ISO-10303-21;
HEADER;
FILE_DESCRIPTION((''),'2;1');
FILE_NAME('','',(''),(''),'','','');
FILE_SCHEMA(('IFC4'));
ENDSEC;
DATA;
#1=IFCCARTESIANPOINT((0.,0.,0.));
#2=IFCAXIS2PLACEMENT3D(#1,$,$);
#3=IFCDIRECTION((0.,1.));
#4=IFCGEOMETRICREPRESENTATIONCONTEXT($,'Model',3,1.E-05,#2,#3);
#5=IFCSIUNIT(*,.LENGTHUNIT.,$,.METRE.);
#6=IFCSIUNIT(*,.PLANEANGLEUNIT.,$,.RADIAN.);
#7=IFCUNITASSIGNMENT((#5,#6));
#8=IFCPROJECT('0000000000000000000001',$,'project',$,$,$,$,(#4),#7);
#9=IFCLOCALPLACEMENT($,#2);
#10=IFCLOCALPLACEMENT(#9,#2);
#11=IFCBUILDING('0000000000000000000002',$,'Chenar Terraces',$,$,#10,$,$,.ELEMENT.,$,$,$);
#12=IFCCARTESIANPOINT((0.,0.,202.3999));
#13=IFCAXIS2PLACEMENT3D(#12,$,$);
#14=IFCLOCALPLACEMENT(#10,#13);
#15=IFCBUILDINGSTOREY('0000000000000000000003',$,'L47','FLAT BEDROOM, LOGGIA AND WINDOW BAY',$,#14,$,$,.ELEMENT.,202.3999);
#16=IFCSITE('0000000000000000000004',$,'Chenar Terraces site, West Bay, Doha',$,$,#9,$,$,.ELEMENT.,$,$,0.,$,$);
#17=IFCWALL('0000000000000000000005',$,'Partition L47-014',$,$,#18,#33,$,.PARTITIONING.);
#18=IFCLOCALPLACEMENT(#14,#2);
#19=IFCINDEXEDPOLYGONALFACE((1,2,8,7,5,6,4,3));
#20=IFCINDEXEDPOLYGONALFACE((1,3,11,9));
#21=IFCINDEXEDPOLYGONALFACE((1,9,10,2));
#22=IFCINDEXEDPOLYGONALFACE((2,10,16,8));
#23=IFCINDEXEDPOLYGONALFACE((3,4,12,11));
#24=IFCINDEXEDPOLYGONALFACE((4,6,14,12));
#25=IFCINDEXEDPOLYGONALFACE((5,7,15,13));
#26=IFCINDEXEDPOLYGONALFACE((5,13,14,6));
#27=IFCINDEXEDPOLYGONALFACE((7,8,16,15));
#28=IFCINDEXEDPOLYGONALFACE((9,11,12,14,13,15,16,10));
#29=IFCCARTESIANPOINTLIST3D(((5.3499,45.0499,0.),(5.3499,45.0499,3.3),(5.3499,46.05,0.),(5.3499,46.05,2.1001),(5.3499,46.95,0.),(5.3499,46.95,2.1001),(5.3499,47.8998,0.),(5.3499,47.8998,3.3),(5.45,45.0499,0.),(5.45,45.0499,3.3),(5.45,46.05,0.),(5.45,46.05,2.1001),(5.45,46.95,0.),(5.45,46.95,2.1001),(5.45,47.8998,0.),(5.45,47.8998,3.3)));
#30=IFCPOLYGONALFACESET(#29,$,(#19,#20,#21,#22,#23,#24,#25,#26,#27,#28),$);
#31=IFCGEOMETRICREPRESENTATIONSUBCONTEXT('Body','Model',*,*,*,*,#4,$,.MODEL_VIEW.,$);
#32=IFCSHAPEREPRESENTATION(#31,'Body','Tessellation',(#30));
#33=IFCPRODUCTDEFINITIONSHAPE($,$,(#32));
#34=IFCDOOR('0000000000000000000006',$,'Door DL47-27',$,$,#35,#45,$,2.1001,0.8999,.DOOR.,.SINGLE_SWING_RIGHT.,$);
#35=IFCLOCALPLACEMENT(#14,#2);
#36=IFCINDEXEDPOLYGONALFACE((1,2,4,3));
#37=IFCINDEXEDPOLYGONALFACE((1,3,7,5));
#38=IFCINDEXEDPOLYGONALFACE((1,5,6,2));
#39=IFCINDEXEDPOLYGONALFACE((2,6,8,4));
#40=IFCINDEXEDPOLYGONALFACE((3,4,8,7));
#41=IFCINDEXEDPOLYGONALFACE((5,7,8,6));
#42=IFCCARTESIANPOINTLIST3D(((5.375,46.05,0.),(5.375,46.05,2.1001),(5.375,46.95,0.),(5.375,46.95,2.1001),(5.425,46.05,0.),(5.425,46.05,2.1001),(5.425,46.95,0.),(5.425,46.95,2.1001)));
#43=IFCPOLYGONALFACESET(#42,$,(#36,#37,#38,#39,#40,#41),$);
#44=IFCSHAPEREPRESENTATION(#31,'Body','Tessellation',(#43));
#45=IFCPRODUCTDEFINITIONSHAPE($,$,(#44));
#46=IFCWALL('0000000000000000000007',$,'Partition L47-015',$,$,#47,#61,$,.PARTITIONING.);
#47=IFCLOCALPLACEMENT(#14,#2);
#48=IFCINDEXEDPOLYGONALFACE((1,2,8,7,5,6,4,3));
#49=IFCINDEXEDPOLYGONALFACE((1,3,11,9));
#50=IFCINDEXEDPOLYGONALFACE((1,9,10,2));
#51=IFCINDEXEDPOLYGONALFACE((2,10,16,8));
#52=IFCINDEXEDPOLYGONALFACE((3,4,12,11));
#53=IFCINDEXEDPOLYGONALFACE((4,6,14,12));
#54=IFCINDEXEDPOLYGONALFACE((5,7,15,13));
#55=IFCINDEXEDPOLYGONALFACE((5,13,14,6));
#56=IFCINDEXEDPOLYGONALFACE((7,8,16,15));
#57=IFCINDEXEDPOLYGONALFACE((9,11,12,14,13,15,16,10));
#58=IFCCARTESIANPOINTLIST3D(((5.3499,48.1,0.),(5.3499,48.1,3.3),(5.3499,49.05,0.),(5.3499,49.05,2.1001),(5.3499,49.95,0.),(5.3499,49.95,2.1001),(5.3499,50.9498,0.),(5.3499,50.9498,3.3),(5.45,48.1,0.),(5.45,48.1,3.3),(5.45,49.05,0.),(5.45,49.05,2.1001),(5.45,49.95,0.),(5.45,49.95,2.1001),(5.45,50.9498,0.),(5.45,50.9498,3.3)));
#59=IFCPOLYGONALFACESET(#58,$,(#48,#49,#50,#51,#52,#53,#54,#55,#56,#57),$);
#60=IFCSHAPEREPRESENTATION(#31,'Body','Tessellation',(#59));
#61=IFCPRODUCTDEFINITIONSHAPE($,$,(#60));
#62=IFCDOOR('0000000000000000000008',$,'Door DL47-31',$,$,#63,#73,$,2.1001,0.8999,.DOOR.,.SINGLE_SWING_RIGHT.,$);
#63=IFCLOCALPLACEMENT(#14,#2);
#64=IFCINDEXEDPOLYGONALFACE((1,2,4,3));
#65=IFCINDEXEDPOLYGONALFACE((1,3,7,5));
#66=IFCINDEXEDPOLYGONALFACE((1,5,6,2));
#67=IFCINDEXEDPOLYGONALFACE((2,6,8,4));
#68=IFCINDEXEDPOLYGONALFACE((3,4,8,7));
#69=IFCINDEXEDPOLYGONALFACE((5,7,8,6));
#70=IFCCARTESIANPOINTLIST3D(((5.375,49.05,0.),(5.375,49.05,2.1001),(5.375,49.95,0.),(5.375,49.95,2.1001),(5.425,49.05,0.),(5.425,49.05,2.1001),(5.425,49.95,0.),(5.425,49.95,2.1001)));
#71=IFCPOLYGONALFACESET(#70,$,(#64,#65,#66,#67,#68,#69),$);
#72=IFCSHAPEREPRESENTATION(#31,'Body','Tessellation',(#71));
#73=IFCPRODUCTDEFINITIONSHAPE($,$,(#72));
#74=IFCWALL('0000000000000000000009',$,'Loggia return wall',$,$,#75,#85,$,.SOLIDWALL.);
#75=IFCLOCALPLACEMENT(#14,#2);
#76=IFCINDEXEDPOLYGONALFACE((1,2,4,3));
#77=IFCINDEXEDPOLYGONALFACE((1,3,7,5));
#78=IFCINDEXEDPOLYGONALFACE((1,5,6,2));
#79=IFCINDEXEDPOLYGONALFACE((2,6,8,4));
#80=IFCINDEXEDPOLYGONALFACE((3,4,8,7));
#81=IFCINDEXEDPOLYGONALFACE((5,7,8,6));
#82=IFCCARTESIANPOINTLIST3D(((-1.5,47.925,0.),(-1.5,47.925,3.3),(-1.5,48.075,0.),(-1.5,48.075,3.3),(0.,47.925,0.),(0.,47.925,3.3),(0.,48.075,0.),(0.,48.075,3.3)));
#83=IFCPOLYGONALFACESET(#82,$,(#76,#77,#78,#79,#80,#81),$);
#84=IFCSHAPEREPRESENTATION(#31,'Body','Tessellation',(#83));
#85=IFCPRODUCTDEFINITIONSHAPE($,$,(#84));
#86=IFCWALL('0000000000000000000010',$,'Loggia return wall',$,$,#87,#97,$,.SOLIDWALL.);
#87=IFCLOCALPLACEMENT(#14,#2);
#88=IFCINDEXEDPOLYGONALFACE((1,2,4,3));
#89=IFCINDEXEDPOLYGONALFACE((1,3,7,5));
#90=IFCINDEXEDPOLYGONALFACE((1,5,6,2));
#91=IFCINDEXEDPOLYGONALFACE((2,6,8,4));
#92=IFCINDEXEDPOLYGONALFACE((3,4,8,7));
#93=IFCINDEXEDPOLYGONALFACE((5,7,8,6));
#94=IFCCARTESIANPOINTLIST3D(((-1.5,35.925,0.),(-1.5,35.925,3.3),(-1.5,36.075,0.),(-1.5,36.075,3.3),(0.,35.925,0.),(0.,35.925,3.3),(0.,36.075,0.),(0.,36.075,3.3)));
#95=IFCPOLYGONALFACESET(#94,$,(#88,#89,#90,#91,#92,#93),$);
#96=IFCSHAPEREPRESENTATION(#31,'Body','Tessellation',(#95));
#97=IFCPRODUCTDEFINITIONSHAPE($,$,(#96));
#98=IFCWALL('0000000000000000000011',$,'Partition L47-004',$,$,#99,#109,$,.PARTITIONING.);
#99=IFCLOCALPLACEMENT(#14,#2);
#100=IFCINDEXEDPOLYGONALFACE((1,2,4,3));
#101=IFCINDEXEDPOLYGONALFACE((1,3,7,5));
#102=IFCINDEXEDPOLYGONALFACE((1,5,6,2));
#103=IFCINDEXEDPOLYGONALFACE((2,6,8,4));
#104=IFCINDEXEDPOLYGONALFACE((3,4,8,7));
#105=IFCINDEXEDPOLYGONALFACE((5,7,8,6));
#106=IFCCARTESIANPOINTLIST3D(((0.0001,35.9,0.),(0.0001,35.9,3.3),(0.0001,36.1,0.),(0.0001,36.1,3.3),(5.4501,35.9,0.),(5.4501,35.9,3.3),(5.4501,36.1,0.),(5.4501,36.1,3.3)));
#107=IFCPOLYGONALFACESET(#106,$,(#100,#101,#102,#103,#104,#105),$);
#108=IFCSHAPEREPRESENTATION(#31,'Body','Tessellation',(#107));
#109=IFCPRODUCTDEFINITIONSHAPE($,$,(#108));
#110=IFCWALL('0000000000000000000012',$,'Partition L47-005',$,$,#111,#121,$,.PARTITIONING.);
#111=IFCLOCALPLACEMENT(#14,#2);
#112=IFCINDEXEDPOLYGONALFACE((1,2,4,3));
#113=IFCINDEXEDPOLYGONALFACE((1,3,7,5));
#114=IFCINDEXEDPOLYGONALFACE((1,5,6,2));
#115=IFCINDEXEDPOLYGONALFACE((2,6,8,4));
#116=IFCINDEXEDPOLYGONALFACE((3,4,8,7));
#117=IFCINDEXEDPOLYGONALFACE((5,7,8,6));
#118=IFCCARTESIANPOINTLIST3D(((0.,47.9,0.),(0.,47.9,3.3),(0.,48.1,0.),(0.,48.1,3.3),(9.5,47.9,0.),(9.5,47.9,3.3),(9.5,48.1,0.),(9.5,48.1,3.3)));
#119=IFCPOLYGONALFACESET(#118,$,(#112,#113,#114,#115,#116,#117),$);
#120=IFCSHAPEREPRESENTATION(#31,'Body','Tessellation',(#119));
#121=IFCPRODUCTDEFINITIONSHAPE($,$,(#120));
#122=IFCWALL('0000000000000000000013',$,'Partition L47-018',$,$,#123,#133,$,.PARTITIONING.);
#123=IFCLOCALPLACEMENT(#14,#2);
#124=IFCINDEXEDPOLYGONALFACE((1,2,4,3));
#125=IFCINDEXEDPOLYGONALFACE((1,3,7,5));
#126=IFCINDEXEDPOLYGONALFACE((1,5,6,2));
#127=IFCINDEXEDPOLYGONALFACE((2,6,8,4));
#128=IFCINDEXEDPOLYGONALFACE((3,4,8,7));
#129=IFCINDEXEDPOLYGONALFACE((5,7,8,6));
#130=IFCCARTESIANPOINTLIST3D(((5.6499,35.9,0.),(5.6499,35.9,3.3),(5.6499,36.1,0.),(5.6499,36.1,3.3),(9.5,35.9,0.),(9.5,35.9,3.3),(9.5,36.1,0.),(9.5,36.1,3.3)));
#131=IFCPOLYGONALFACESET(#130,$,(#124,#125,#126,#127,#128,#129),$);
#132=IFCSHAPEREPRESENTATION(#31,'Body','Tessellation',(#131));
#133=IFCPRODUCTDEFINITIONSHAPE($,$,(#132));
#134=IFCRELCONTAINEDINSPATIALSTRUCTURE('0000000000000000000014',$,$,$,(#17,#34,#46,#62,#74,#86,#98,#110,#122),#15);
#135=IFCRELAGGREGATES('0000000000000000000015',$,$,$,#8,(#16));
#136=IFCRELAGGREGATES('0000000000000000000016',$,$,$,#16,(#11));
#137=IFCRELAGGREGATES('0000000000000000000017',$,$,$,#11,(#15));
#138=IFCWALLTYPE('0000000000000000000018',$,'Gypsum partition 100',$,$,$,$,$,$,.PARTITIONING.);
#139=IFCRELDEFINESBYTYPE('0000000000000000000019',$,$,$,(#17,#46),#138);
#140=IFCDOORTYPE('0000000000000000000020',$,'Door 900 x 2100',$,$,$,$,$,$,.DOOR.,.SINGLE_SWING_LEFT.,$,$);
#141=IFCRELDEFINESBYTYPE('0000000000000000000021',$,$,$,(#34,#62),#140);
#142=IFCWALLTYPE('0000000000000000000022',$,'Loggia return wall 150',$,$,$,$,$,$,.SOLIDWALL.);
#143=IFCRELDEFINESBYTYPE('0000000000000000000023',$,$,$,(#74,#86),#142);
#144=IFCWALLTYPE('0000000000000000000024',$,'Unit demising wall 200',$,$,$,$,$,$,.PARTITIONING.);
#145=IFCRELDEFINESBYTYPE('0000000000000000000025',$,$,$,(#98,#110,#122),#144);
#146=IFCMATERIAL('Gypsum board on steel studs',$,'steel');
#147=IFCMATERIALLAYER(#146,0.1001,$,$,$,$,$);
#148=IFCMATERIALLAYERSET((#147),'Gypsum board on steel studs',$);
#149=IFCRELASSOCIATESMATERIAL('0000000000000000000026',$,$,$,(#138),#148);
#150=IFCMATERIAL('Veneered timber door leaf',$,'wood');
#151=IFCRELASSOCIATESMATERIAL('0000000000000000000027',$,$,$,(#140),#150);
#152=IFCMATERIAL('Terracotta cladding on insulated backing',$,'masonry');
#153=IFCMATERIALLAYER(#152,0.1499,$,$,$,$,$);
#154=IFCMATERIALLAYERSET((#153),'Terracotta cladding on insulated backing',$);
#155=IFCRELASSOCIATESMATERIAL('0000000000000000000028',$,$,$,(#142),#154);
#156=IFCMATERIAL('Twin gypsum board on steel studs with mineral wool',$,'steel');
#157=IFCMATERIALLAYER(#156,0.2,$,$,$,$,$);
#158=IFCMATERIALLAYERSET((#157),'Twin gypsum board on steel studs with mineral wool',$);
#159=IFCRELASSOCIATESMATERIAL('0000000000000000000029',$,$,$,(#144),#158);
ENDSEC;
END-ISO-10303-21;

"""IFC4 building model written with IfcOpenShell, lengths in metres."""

from ifc_helpers import new_model, si_unit, direction, frame, frame_2d, origin, place, context, subcontext, project, spatial, rectangle, extrude, material, layer, layer_set, type_object, element, fill, save


model = new_model("IFC4")

# Units and contexts
model_context = context("Model", 3, precision=1e-05, world=origin(), true_north=direction((0.0, 1.0)))
body_context = subcontext(model_context, "Body", "Model", "MODEL_VIEW")
ifc_project = project(units=[si_unit("LENGTHUNIT", "METRE"), si_unit("PLANEANGLEUNIT", "RADIAN")], contexts=[model_context])

# Site, building, storey
site_placement = place(None, origin())
site = spatial("IfcSite", under=ifc_project, at=site_placement, Name="Chenar Terraces site, West Bay, Doha", CompositionType="ELEMENT", RefElevation=0.0)
building_placement = place(site_placement, origin())
building = spatial("IfcBuilding", under=site, at=building_placement, Name="Chenar Terraces", CompositionType="ELEMENT")
storey_placement = place(building_placement, frame((0.0, 0.0, 202.3999)))
storey = spatial("IfcBuildingStorey", under=building, at=storey_placement, Name="L47", Description="FLAT BEDROOM, LOGGIA AND WINDOW BAY", CompositionType="ELEMENT", Elevation=202.3999)

# Shared definitions
placement = place(storey_placement, frame((0.0, 36.0, 0.0), z_axis=(0.0, 0.0, 1.0), x_axis=(1.0, 0.0, 0.0)))

# Shared definitions
ifc_material_1 = material(Name="Gypsum board on steel studs", Category="steel")
ifc_layer_1 = layer(ifc_material_1, 0.1001)
ifc_layer_set_1 = layer_set([ifc_layer_1], Name="Gypsum board on steel studs")
wall_type_1 = type_object("IfcWallType", Name="Gypsum partition 100", PredefinedType="PARTITIONING", material=ifc_layer_set_1)

# Walls, openings, doors
ifc_material_2 = material(Name="Veneered timber door leaf", Category="wood")
door_type_1 = type_object("IfcDoorType", Name="Door 900 x 2100", OperationType="SINGLE_SWING_LEFT", PredefinedType="DOOR", material=ifc_material_2)
wall_1_placement = place(storey_placement, frame((5.3999, 45.05, 0.0), z_axis=(0.0, 0.0, 1.0), x_axis=(0.0, 1.0, 0.0)))
wall_1 = element("IfcWall", 1, at=wall_1_placement, inside=storey, type_object=wall_type_1, Name="Partition L47-014", PredefinedType="PARTITIONING", context=body_context, shape_type="SweptSolid", body=[
    extrude(rectangle(XDim=2.8499, YDim=0.1001, at=frame_2d((1.4248, 0.0))), origin(), (0.0, 0.0, 1.0), 3.3),
])
opening_1_placement = place(wall_1_placement, frame((1.0, 0.0, 0.0)))
opening_1 = element("IfcOpeningElement", 2, at=opening_1_placement, cuts=wall_1, PredefinedType="OPENING", context=body_context, shape_type="SweptSolid", body=[
    extrude(rectangle(XDim=0.8999, YDim=2.1001, at=frame_2d((0.45, 1.05))), frame((0.0, 0.0601, 0.0), z_axis=(0.0, -1.0, 0.0), x_axis=(1.0, 0.0, 0.0)), (0.0, 0.0, 1.0), 0.1201),
])
door_1_placement = place(opening_1_placement, origin())
door_1 = element("IfcDoor", 3, at=door_1_placement, inside=storey, type_object=door_type_1, Name="Door DL47-27", OperationType="SINGLE_SWING_RIGHT", OverallHeight=2.1001, OverallWidth=0.8999, PredefinedType="DOOR", context=body_context, shape_type="SweptSolid", body=[
    extrude(rectangle(XDim=0.8999, YDim=2.1001, at=frame_2d((0.45, 1.05))), frame((0.0, 0.0249, 0.0), z_axis=(0.0, -1.0, 0.0), x_axis=(1.0, 0.0, 0.0)), (0.0, 0.0, 1.0), 0.05),
])
fill(opening_1, door_1)
wall_2_placement = place(storey_placement, frame((5.3999, 48.1001, 0.0), z_axis=(0.0, 0.0, 1.0), x_axis=(0.0, 1.0, 0.0)))
wall_2 = element("IfcWall", 4, at=wall_2_placement, inside=storey, type_object=wall_type_1, Name="Partition L47-015", PredefinedType="PARTITIONING", context=body_context, shape_type="SweptSolid", body=[
    extrude(rectangle(XDim=2.8499, YDim=0.1001, at=frame_2d((1.4248, 0.0))), origin(), (0.0, 0.0, 1.0), 3.3),
])
opening_2_placement = place(wall_2_placement, frame((0.95, 0.0, 0.0)))
opening_2 = element("IfcOpeningElement", 5, at=opening_2_placement, cuts=wall_2, PredefinedType="OPENING", context=body_context, shape_type="SweptSolid", body=[
    extrude(rectangle(XDim=0.8999, YDim=2.1001, at=frame_2d((0.45, 1.05))), frame((0.0, 0.0601, 0.0), z_axis=(0.0, -1.0, 0.0), x_axis=(1.0, 0.0, 0.0)), (0.0, 0.0, 1.0), 0.1201),
])
door_2_placement = place(opening_2_placement, origin())
door_2 = element("IfcDoor", 6, at=door_2_placement, inside=storey, type_object=door_type_1, Name="Door DL47-31", OperationType="SINGLE_SWING_RIGHT", OverallHeight=2.1001, OverallWidth=0.8999, PredefinedType="DOOR", context=body_context, shape_type="SweptSolid", body=[
    extrude(rectangle(XDim=0.8999, YDim=2.1001, at=frame_2d((0.45, 1.05))), frame((0.0, 0.0249, 0.0), z_axis=(0.0, -1.0, 0.0), x_axis=(1.0, 0.0, 0.0)), (0.0, 0.0, 1.0), 0.05),
])
fill(opening_2, door_2)

# Walls
ifc_material_3 = material(Name="Terracotta cladding on insulated backing", Category="masonry")
ifc_layer_2 = layer(ifc_material_3, 0.1499)
ifc_layer_set_2 = layer_set([ifc_layer_2], Name="Terracotta cladding on insulated backing")
wall_type_2 = type_object("IfcWallType", Name="Loggia return wall 150", PredefinedType="SOLIDWALL", material=ifc_layer_set_2)
for number, where, z_axis, x_axis, name in (
    (7, (-1.5, 48.0, 0.0), (0.0, 0.0, 1.0), (1.0, 0.0, 0.0), "Loggia return wall"),
    (8, (-1.5, 36.0, 0.0), (0.0, 0.0, 1.0), (1.0, 0.0, 0.0), "Loggia return wall"),
):
    element("IfcWall", number, at=place(storey_placement, frame(where, z_axis=z_axis, x_axis=x_axis)), inside=storey, type_object=wall_type_2, Name=name, PredefinedType="SOLIDWALL", context=body_context, shape_type="SweptSolid", body=[
        extrude(rectangle(XDim=1.5, YDim=0.1499, at=frame_2d((0.75, 0.0))), origin(), (0.0, 0.0, 1.0), 3.3),
    ])
ifc_material_4 = material(Name="Twin gypsum board on steel studs with mineral wool", Category="steel")
ifc_layer_3 = layer(ifc_material_4, 0.2)
ifc_layer_set_3 = layer_set([ifc_layer_3], Name="Twin gypsum board on steel studs with mineral wool")
wall_type_3 = type_object("IfcWallType", Name="Unit demising wall 200", PredefinedType="PARTITIONING", material=ifc_layer_set_3)
element("IfcWall", 9, at=placement, inside=storey, type_object=wall_type_3, Name="Partition L47-004", PredefinedType="PARTITIONING", context=body_context, shape_type="SweptSolid", body=[
    extrude(rectangle(XDim=5.45, YDim=0.2, at=frame_2d((2.7251, 0.0))), origin(), (0.0, 0.0, 1.0), 3.3),
])
wall_3_placement = place(storey_placement, frame((0.0, 48.0, 0.0), z_axis=(0.0, 0.0, 1.0), x_axis=(1.0, 0.0, 0.0)))
element("IfcWall", 10, at=wall_3_placement, inside=storey, type_object=wall_type_3, Name="Partition L47-005", PredefinedType="PARTITIONING", context=body_context, shape_type="SweptSolid", body=[
    extrude(rectangle(XDim=9.5, YDim=0.2, at=frame_2d((4.75, 0.0))), origin(), (0.0, 0.0, 1.0), 3.3),
])
wall_4_placement = place(storey_placement, frame((5.6499, 36.0, 0.0), z_axis=(0.0, 0.0, 1.0), x_axis=(1.0, 0.0, 0.0)))
element("IfcWall", 11, at=wall_4_placement, inside=storey, type_object=wall_type_3, Name="Partition L47-018", PredefinedType="PARTITIONING", context=body_context, shape_type="SweptSolid", body=[
    extrude(rectangle(XDim=3.8501, YDim=0.2, at=frame_2d((1.925, 0.0))), origin(), (0.0, 0.0, 1.0), 3.3),
])

save(model, "model.ifc")
